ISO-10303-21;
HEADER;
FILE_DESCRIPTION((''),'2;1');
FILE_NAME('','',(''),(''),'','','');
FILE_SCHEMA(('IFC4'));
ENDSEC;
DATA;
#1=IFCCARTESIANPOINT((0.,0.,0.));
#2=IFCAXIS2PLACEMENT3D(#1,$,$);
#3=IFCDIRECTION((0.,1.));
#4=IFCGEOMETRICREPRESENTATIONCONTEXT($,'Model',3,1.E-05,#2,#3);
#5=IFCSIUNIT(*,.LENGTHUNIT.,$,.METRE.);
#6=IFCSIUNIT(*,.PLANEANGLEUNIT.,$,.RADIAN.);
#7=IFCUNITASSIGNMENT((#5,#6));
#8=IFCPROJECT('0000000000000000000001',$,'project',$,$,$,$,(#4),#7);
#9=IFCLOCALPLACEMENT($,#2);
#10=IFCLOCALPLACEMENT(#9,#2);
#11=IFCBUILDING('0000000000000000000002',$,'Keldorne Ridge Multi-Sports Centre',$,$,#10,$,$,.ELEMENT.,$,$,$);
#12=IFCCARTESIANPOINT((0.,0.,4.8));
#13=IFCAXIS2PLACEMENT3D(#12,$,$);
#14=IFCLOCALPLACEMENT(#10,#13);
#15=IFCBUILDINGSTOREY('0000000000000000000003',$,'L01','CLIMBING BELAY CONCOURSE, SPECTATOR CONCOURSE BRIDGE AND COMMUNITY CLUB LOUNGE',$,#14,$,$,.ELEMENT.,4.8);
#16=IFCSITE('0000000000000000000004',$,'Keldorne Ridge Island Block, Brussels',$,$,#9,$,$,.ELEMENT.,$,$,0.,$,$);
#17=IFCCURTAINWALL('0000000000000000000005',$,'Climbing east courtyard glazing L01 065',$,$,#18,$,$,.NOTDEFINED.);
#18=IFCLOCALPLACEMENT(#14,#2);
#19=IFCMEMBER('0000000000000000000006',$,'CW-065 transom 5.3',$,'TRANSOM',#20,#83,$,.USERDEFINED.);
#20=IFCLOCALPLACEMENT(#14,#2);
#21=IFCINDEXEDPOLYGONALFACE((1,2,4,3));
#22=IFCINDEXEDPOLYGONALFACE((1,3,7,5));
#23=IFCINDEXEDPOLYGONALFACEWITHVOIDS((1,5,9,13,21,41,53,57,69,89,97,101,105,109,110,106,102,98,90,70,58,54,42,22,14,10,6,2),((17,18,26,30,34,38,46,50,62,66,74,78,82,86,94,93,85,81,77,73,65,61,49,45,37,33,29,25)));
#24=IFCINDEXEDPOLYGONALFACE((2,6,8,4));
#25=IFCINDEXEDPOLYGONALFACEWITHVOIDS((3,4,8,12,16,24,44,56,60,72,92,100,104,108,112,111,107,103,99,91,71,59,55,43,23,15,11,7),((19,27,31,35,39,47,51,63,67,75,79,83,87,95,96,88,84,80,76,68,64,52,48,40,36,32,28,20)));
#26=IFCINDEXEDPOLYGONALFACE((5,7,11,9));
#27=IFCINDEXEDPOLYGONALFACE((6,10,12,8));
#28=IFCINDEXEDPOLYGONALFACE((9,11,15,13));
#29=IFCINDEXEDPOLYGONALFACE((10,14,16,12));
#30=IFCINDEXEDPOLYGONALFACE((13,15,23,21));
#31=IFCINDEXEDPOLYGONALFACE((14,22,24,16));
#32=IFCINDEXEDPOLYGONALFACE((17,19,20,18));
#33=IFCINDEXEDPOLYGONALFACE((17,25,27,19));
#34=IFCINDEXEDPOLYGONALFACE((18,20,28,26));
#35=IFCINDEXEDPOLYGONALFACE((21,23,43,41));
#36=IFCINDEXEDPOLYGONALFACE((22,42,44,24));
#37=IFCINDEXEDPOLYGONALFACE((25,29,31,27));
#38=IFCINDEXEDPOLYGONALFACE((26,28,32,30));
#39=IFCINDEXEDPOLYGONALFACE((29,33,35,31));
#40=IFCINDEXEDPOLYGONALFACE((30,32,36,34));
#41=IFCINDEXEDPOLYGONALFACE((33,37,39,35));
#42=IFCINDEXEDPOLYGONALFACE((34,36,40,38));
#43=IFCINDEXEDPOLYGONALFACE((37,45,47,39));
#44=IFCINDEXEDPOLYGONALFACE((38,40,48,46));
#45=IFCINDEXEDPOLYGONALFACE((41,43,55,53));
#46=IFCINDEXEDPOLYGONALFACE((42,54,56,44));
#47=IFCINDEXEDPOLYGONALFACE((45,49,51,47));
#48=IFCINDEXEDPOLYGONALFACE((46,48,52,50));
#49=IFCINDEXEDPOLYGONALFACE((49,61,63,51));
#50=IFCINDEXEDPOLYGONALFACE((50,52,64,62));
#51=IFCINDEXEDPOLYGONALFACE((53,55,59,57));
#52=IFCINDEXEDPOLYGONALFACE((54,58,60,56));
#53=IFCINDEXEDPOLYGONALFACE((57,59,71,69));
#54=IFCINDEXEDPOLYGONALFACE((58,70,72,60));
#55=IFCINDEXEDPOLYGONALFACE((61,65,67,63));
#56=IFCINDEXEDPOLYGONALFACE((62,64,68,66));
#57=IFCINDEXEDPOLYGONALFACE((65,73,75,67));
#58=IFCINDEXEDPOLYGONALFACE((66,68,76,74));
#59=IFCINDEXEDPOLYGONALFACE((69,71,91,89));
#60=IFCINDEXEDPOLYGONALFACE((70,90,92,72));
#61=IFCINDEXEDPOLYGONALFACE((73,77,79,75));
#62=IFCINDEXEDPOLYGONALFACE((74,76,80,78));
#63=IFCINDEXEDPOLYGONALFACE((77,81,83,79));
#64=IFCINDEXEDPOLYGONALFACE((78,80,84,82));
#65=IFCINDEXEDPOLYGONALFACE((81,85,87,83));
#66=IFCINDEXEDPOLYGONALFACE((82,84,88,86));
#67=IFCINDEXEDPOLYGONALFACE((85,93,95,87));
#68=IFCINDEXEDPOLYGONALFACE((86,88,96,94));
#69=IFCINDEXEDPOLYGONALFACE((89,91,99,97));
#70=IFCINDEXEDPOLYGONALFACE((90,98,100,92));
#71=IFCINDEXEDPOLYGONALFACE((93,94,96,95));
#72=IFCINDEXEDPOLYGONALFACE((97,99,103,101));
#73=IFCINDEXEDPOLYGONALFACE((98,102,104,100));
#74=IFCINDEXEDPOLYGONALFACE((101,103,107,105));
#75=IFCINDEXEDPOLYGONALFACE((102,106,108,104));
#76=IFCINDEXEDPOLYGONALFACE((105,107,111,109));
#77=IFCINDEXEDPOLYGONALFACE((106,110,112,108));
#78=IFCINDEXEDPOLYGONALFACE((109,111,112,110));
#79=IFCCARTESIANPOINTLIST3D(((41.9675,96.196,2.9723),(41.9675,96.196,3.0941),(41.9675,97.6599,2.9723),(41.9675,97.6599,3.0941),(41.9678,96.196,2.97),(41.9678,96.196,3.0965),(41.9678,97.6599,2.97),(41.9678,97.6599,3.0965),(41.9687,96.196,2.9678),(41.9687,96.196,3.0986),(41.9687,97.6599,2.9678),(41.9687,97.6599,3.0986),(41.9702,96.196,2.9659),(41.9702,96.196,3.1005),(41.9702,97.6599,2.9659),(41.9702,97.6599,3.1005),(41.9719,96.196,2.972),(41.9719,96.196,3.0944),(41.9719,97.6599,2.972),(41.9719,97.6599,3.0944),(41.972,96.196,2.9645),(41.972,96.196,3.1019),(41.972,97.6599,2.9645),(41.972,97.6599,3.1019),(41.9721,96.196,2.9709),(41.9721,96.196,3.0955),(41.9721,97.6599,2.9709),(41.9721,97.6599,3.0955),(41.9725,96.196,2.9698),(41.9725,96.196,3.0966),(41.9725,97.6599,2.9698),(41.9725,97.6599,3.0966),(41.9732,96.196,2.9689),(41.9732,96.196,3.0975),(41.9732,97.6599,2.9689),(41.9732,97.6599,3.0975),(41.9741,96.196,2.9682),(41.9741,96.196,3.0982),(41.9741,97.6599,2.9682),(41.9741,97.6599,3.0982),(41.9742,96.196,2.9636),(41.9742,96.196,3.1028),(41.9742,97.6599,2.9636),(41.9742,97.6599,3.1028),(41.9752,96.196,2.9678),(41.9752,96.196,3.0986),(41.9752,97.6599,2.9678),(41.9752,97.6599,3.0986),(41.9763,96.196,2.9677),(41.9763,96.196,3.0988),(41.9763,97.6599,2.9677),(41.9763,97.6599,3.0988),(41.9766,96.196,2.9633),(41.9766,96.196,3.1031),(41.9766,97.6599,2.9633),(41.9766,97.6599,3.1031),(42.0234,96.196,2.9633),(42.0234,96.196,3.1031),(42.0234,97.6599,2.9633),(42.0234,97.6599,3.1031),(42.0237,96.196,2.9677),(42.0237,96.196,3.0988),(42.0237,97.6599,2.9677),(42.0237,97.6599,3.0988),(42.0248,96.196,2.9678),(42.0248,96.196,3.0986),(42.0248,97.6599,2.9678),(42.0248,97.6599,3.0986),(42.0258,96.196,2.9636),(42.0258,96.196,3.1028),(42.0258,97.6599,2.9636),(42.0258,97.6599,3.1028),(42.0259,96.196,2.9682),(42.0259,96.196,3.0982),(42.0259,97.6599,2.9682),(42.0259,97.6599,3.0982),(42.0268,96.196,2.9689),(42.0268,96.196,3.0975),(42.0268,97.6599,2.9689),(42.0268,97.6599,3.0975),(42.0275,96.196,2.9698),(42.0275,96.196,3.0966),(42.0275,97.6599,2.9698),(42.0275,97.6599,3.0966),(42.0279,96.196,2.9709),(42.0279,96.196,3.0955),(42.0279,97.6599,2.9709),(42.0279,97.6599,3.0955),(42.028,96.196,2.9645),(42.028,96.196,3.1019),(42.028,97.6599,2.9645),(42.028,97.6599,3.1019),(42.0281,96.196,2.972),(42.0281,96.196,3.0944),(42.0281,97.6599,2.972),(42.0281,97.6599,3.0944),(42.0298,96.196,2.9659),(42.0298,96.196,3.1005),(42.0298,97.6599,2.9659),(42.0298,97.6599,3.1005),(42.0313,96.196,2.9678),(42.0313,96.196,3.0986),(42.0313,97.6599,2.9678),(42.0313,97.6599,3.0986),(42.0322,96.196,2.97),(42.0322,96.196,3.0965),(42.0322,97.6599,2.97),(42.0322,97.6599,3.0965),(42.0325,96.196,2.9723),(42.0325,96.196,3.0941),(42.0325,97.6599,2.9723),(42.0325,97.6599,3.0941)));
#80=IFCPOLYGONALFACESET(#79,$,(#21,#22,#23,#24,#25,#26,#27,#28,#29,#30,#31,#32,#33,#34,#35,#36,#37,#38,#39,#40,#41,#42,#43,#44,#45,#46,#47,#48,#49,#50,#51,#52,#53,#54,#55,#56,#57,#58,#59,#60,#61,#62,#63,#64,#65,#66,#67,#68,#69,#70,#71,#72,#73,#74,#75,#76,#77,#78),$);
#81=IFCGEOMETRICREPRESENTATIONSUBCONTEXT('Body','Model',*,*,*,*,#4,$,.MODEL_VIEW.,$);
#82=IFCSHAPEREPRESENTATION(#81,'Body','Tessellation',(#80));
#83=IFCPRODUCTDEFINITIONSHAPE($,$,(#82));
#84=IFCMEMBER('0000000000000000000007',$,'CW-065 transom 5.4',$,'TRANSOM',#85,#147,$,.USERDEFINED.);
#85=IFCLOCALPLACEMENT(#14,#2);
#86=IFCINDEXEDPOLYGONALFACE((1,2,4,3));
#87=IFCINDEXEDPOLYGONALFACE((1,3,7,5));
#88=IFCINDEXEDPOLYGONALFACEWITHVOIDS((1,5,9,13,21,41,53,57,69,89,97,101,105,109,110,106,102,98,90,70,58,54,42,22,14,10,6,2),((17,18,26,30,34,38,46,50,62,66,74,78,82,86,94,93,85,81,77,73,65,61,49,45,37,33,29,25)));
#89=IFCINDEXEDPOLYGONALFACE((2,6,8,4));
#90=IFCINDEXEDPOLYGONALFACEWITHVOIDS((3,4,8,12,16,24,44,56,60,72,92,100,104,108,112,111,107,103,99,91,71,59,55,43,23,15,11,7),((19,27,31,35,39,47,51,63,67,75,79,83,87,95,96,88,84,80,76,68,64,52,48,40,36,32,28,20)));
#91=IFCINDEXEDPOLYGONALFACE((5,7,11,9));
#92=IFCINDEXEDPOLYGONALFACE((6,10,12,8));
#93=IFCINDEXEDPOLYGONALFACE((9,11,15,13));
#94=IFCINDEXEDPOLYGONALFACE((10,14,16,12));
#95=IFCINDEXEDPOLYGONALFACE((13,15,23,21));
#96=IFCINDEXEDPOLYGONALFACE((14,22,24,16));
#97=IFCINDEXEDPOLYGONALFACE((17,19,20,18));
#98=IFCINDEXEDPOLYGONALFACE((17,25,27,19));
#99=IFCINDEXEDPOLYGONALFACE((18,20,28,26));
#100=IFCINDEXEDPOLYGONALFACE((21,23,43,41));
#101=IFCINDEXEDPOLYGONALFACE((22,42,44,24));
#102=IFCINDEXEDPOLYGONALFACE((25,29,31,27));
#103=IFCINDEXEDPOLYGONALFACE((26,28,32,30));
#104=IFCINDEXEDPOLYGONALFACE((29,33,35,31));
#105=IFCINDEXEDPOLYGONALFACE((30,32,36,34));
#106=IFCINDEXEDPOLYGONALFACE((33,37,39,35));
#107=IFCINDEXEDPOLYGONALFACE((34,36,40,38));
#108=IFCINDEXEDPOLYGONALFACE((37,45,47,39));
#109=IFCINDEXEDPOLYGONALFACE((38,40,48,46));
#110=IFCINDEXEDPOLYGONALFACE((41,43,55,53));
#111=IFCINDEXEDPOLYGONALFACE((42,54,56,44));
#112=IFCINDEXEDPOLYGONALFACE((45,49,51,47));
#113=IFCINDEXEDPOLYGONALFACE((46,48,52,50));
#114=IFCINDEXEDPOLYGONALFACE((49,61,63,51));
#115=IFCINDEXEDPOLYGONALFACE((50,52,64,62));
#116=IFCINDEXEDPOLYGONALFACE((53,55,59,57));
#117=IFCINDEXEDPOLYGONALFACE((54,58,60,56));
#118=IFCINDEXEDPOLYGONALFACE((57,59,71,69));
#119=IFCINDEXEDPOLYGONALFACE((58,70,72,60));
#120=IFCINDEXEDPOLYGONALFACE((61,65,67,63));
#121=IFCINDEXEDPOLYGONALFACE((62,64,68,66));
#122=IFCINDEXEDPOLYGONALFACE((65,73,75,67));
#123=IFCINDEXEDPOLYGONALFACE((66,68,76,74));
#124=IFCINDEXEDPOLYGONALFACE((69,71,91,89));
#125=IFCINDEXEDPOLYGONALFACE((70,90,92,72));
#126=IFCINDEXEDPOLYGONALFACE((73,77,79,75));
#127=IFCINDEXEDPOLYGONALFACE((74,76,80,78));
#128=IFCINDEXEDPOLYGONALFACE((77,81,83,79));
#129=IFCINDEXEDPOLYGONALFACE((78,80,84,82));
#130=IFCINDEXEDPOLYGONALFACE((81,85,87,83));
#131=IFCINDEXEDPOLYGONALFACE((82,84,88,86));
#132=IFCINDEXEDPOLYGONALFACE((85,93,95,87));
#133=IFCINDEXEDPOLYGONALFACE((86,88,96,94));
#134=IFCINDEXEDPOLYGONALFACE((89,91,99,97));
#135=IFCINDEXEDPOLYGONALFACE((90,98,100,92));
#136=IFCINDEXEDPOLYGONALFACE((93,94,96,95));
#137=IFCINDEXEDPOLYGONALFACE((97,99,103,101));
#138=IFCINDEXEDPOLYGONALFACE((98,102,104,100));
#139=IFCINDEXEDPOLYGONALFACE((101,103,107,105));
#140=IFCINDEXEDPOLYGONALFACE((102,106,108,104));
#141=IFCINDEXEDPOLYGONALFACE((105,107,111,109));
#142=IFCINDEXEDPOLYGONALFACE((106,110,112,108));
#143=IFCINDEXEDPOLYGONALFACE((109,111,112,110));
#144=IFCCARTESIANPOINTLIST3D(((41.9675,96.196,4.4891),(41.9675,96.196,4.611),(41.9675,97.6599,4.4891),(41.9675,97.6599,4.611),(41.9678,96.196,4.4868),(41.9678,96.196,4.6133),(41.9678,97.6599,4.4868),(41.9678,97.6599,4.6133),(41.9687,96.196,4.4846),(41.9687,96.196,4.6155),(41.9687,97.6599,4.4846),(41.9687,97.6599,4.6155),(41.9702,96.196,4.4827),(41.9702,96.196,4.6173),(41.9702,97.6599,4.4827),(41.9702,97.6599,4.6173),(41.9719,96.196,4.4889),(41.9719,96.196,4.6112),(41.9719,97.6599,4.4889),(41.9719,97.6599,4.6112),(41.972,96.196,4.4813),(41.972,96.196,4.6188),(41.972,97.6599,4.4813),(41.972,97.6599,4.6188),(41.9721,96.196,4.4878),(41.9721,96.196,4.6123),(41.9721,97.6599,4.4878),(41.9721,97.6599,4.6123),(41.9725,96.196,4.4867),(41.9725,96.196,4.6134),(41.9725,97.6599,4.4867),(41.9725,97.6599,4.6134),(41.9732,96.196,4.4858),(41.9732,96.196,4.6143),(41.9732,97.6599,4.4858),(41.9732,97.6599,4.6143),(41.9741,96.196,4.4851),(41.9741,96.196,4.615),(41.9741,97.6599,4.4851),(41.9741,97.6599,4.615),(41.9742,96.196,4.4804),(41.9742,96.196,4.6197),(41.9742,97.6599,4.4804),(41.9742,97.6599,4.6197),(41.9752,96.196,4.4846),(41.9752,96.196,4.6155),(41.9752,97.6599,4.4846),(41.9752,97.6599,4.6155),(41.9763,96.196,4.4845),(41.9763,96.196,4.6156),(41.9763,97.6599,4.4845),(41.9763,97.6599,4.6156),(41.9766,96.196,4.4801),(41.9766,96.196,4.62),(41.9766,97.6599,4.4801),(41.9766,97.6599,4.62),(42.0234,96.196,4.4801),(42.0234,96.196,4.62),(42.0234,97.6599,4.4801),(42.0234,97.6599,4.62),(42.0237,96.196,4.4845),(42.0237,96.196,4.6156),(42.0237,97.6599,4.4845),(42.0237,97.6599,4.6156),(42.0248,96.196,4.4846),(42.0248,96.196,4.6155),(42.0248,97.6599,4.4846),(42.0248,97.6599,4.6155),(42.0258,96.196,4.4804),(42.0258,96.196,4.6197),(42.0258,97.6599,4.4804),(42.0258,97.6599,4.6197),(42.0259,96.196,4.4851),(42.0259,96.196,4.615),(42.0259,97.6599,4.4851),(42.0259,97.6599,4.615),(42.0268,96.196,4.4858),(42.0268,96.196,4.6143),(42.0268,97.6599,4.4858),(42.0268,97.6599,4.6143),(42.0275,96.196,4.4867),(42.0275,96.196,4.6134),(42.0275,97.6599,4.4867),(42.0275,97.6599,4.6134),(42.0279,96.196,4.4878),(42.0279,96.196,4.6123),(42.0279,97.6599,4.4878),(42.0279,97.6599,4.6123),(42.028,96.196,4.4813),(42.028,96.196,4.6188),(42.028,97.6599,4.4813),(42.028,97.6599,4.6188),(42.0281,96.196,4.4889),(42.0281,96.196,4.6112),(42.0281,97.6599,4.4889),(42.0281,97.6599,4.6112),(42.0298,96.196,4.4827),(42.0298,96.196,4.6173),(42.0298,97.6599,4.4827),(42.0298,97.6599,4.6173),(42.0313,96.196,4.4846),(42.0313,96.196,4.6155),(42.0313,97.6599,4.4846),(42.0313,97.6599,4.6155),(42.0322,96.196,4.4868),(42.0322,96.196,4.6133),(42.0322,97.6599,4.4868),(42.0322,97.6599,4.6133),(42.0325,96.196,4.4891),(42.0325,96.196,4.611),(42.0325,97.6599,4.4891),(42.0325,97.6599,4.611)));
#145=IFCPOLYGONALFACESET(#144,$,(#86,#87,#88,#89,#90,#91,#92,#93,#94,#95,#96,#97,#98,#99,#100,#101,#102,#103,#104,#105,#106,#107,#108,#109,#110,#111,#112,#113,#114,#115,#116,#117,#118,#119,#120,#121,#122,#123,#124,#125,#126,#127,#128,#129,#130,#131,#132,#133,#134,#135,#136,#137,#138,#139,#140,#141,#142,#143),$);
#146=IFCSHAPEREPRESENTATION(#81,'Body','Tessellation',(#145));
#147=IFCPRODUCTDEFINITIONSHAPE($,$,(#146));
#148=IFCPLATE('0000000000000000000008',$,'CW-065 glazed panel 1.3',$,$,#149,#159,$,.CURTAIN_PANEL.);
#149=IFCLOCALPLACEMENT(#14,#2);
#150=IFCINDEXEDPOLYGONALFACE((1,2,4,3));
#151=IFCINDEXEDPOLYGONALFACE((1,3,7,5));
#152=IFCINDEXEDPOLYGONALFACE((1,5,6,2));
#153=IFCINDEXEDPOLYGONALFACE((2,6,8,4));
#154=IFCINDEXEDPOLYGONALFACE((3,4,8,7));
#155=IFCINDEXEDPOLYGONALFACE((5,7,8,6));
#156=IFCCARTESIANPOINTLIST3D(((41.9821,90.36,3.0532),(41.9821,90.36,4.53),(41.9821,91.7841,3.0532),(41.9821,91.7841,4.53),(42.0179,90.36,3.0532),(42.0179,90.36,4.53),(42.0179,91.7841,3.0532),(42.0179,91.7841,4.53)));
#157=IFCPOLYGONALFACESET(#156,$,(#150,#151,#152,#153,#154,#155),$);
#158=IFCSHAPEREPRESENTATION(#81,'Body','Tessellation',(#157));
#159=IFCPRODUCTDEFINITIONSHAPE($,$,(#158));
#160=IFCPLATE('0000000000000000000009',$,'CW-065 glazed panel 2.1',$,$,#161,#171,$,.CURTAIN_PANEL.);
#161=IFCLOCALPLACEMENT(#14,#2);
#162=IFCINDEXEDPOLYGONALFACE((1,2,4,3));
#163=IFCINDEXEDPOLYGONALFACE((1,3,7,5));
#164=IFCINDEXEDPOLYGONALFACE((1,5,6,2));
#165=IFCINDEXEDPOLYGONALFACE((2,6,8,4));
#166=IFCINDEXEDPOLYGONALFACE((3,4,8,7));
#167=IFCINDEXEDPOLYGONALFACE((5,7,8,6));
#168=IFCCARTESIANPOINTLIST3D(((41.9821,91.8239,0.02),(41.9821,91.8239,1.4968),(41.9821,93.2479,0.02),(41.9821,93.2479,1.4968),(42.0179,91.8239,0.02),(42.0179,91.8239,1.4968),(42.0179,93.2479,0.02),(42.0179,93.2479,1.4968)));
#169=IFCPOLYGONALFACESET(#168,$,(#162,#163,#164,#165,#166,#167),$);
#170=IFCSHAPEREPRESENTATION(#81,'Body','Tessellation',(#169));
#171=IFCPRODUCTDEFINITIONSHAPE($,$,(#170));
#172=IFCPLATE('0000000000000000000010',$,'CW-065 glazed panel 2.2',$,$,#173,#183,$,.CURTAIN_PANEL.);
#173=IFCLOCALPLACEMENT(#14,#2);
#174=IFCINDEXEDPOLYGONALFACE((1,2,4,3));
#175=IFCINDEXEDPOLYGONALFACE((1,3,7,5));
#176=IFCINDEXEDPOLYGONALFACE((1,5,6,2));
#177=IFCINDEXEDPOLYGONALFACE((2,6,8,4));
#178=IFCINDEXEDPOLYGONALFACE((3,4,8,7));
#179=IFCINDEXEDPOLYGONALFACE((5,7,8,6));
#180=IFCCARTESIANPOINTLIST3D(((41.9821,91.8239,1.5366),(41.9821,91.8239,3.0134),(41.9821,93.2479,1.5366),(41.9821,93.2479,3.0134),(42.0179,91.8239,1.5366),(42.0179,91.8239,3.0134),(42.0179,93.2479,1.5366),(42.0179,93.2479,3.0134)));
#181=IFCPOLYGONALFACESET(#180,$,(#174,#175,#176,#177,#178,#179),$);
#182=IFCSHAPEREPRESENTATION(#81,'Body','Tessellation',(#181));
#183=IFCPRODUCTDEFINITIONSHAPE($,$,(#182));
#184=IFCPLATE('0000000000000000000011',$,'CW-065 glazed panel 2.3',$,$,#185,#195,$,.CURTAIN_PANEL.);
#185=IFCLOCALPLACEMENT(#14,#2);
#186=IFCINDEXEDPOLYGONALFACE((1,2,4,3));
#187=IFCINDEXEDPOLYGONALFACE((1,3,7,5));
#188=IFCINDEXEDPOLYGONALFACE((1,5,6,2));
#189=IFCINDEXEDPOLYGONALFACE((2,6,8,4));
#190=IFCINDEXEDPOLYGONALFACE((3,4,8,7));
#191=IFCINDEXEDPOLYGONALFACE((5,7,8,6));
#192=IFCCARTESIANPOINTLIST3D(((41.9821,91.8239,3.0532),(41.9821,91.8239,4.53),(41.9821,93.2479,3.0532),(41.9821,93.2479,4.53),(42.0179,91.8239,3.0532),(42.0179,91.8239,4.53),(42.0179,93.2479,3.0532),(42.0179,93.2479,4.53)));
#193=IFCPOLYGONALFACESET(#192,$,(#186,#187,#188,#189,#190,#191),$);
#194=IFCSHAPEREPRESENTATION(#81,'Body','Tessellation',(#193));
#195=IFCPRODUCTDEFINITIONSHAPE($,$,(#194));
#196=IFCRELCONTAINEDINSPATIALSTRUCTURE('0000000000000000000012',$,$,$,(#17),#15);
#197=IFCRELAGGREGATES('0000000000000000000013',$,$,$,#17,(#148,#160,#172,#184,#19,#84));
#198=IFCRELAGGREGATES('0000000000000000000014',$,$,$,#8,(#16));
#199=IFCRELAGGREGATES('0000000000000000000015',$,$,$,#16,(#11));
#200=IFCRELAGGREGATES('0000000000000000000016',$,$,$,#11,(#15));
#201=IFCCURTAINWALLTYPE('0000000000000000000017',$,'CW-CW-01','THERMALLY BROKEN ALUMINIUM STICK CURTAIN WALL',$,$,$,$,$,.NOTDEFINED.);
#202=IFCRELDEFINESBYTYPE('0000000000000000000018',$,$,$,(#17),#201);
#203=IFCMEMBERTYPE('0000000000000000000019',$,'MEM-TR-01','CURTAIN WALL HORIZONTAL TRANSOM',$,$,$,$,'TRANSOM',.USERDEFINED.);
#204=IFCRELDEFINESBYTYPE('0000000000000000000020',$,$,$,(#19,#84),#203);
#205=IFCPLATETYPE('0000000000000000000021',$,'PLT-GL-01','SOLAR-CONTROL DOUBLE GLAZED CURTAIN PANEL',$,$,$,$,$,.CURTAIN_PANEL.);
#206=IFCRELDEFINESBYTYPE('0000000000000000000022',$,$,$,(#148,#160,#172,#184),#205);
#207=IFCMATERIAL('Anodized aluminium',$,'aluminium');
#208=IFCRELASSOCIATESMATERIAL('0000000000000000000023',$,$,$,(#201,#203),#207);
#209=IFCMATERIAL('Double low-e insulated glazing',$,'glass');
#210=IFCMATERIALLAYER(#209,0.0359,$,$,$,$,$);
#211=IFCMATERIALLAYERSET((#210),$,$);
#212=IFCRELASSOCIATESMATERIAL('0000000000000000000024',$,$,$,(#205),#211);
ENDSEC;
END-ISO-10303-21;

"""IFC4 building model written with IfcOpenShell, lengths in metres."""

from ifc_helpers import new_model, si_unit, direction, frame, origin, origin_2d, place, context, subcontext, project, spatial, rectangle, hollow_rectangle, extrude, material, layer, layer_set, material_profile, profile_set, type_object, element, aggregate, save


model = new_model("IFC4")

# Units and contexts
model_context = context("Model", 3, precision=1e-05, world=origin(), true_north=direction((0.0, 1.0)))
body_context = subcontext(model_context, "Body", "Model", "MODEL_VIEW")
ifc_project = project(units=[si_unit("LENGTHUNIT", "METRE"), si_unit("PLANEANGLEUNIT", "RADIAN")], contexts=[model_context])

# Site, building, storey
site_placement = place(None, origin())
site = spatial("IfcSite", under=ifc_project, at=site_placement, Name="Keldorne Ridge Island Block, Brussels", CompositionType="ELEMENT", RefElevation=0.0)
building_placement = place(site_placement, origin())
building = spatial("IfcBuilding", under=site, at=building_placement, Name="Keldorne Ridge Multi-Sports Centre", CompositionType="ELEMENT")
storey_placement = place(building_placement, frame((0.0, 0.0, 4.8)))
storey = spatial("IfcBuildingStorey", under=building, at=storey_placement, Name="L01", Description="CLIMBING BELAY CONCOURSE, SPECTATOR CONCOURSE BRIDGE AND COMMUNITY CLUB LOUNGE", CompositionType="ELEMENT", Elevation=4.8)

# Curtain wall, members, plates
ifc_material_1 = material(Name="Anodized aluminium", Category="aluminium")
curtain_wall_type_1 = type_object("IfcCurtainWallType", Name="CW-CW-01", Description="THERMALLY BROKEN ALUMINIUM STICK CURTAIN WALL", PredefinedType="NOTDEFINED", material=ifc_material_1)
curtain_wall_1_placement = place(storey_placement, origin())
curtain_wall_1 = element("IfcCurtainWall", 1, at=curtain_wall_1_placement, inside=storey, type_object=curtain_wall_type_1, Name="Climbing east courtyard glazing L01 065", PredefinedType="NOTDEFINED")
ifc_material_profile_1 = material_profile(ifc_material_1, hollow_rectangle(XDim=0.0649, YDim=0.1399, WallThickness=0.0044, InnerFilletRadius=0.0044, OuterFilletRadius=0.009, at=origin_2d()), Name="ALU TRANSOM 140x65x4.5")
ifc_profile_set_1 = profile_set([ifc_material_profile_1], Name="Anodized aluminium")
member_type_1 = type_object("IfcMemberType", Name="MEM-TR-01", Description="CURTAIN WALL HORIZONTAL TRANSOM", ElementType="TRANSOM", PredefinedType="USERDEFINED", material=ifc_profile_set_1)
member_1_placement = place(storey_placement, frame((42.0, 96.196, 3.0332), z_axis=(0.0, 1.0, 0.0), x_axis=(-1.0, 0.0, 0.0)))
member_1 = element("IfcMember", 2, at=member_1_placement, type_object=member_type_1, Name="CW-065 transom 5.3", ObjectType="TRANSOM", PredefinedType="USERDEFINED", context=body_context, shape_type="SweptSolid", body=[
    extrude(hollow_rectangle(XDim=0.0649, YDim=0.1399, WallThickness=0.0044, InnerFilletRadius=0.0044, OuterFilletRadius=0.009, at=origin_2d()), origin(), (0.0, 0.0, 1.0), 1.4639),
])
member_2_placement = place(storey_placement, frame((42.0, 96.196, 4.55), z_axis=(0.0, 1.0, 0.0), x_axis=(-1.0, 0.0, 0.0)))
member_2 = element("IfcMember", 3, at=member_2_placement, type_object=member_type_1, Name="CW-065 transom 5.4", ObjectType="TRANSOM", PredefinedType="USERDEFINED", context=body_context, shape_type="SweptSolid", body=[
    extrude(hollow_rectangle(XDim=0.0649, YDim=0.1399, WallThickness=0.0044, InnerFilletRadius=0.0044, OuterFilletRadius=0.009, at=origin_2d()), origin(), (0.0, 0.0, 1.0), 1.4639),
])
ifc_material_2 = material(Name="Double low-e insulated glazing", Category="glass")
ifc_layer_1 = layer(ifc_material_2, 0.0359)
ifc_layer_set_1 = layer_set([ifc_layer_1])
plate_type_1 = type_object("IfcPlateType", Name="PLT-GL-01", Description="SOLAR-CONTROL DOUBLE GLAZED CURTAIN PANEL", PredefinedType="CURTAIN_PANEL", material=ifc_layer_set_1)
plate_1_placement = place(storey_placement, frame((42.0, 91.072, 3.0532), z_axis=(0.0, 0.0, 1.0), x_axis=(0.0, 1.0, 0.0)))
plate_1 = element("IfcPlate", 4, at=plate_1_placement, type_object=plate_type_1, Name="CW-065 glazed panel 1.3", PredefinedType="CURTAIN_PANEL", context=body_context, shape_type="SweptSolid", body=[
    extrude(rectangle(XDim=1.4241, YDim=0.0359, at=origin_2d()), origin(), (0.0, 0.0, 1.0), 1.4768),
])
plate_2_placement = place(storey_placement, frame((42.0, 92.5359, 0.02), z_axis=(0.0, 0.0, 1.0), x_axis=(0.0, 1.0, 0.0)))
plate_2 = element("IfcPlate", 5, at=plate_2_placement, type_object=plate_type_1, Name="CW-065 glazed panel 2.1", PredefinedType="CURTAIN_PANEL", context=body_context, shape_type="SweptSolid", body=[
    extrude(rectangle(XDim=1.4241, YDim=0.0359, at=origin_2d()), origin(), (0.0, 0.0, 1.0), 1.4768),
])
plate_3_placement = place(storey_placement, frame((42.0, 92.5359, 1.5366), z_axis=(0.0, 0.0, 1.0), x_axis=(0.0, 1.0, 0.0)))
plate_3 = element("IfcPlate", 6, at=plate_3_placement, type_object=plate_type_1, Name="CW-065 glazed panel 2.2", PredefinedType="CURTAIN_PANEL", context=body_context, shape_type="SweptSolid", body=[
    extrude(rectangle(XDim=1.4241, YDim=0.0359, at=origin_2d()), origin(), (0.0, 0.0, 1.0), 1.4768),
])
plate_4_placement = place(storey_placement, frame((42.0, 92.5359, 3.0532), z_axis=(0.0, 0.0, 1.0), x_axis=(0.0, 1.0, 0.0)))
plate_4 = element("IfcPlate", 7, at=plate_4_placement, type_object=plate_type_1, Name="CW-065 glazed panel 2.3", PredefinedType="CURTAIN_PANEL", context=body_context, shape_type="SweptSolid", body=[
    extrude(rectangle(XDim=1.4241, YDim=0.0359, at=origin_2d()), origin(), (0.0, 0.0, 1.0), 1.4768),
])
aggregate(curtain_wall_1, [plate_1, plate_2, plate_3, plate_4, member_1, member_2])

save(model, "model.ifc")
